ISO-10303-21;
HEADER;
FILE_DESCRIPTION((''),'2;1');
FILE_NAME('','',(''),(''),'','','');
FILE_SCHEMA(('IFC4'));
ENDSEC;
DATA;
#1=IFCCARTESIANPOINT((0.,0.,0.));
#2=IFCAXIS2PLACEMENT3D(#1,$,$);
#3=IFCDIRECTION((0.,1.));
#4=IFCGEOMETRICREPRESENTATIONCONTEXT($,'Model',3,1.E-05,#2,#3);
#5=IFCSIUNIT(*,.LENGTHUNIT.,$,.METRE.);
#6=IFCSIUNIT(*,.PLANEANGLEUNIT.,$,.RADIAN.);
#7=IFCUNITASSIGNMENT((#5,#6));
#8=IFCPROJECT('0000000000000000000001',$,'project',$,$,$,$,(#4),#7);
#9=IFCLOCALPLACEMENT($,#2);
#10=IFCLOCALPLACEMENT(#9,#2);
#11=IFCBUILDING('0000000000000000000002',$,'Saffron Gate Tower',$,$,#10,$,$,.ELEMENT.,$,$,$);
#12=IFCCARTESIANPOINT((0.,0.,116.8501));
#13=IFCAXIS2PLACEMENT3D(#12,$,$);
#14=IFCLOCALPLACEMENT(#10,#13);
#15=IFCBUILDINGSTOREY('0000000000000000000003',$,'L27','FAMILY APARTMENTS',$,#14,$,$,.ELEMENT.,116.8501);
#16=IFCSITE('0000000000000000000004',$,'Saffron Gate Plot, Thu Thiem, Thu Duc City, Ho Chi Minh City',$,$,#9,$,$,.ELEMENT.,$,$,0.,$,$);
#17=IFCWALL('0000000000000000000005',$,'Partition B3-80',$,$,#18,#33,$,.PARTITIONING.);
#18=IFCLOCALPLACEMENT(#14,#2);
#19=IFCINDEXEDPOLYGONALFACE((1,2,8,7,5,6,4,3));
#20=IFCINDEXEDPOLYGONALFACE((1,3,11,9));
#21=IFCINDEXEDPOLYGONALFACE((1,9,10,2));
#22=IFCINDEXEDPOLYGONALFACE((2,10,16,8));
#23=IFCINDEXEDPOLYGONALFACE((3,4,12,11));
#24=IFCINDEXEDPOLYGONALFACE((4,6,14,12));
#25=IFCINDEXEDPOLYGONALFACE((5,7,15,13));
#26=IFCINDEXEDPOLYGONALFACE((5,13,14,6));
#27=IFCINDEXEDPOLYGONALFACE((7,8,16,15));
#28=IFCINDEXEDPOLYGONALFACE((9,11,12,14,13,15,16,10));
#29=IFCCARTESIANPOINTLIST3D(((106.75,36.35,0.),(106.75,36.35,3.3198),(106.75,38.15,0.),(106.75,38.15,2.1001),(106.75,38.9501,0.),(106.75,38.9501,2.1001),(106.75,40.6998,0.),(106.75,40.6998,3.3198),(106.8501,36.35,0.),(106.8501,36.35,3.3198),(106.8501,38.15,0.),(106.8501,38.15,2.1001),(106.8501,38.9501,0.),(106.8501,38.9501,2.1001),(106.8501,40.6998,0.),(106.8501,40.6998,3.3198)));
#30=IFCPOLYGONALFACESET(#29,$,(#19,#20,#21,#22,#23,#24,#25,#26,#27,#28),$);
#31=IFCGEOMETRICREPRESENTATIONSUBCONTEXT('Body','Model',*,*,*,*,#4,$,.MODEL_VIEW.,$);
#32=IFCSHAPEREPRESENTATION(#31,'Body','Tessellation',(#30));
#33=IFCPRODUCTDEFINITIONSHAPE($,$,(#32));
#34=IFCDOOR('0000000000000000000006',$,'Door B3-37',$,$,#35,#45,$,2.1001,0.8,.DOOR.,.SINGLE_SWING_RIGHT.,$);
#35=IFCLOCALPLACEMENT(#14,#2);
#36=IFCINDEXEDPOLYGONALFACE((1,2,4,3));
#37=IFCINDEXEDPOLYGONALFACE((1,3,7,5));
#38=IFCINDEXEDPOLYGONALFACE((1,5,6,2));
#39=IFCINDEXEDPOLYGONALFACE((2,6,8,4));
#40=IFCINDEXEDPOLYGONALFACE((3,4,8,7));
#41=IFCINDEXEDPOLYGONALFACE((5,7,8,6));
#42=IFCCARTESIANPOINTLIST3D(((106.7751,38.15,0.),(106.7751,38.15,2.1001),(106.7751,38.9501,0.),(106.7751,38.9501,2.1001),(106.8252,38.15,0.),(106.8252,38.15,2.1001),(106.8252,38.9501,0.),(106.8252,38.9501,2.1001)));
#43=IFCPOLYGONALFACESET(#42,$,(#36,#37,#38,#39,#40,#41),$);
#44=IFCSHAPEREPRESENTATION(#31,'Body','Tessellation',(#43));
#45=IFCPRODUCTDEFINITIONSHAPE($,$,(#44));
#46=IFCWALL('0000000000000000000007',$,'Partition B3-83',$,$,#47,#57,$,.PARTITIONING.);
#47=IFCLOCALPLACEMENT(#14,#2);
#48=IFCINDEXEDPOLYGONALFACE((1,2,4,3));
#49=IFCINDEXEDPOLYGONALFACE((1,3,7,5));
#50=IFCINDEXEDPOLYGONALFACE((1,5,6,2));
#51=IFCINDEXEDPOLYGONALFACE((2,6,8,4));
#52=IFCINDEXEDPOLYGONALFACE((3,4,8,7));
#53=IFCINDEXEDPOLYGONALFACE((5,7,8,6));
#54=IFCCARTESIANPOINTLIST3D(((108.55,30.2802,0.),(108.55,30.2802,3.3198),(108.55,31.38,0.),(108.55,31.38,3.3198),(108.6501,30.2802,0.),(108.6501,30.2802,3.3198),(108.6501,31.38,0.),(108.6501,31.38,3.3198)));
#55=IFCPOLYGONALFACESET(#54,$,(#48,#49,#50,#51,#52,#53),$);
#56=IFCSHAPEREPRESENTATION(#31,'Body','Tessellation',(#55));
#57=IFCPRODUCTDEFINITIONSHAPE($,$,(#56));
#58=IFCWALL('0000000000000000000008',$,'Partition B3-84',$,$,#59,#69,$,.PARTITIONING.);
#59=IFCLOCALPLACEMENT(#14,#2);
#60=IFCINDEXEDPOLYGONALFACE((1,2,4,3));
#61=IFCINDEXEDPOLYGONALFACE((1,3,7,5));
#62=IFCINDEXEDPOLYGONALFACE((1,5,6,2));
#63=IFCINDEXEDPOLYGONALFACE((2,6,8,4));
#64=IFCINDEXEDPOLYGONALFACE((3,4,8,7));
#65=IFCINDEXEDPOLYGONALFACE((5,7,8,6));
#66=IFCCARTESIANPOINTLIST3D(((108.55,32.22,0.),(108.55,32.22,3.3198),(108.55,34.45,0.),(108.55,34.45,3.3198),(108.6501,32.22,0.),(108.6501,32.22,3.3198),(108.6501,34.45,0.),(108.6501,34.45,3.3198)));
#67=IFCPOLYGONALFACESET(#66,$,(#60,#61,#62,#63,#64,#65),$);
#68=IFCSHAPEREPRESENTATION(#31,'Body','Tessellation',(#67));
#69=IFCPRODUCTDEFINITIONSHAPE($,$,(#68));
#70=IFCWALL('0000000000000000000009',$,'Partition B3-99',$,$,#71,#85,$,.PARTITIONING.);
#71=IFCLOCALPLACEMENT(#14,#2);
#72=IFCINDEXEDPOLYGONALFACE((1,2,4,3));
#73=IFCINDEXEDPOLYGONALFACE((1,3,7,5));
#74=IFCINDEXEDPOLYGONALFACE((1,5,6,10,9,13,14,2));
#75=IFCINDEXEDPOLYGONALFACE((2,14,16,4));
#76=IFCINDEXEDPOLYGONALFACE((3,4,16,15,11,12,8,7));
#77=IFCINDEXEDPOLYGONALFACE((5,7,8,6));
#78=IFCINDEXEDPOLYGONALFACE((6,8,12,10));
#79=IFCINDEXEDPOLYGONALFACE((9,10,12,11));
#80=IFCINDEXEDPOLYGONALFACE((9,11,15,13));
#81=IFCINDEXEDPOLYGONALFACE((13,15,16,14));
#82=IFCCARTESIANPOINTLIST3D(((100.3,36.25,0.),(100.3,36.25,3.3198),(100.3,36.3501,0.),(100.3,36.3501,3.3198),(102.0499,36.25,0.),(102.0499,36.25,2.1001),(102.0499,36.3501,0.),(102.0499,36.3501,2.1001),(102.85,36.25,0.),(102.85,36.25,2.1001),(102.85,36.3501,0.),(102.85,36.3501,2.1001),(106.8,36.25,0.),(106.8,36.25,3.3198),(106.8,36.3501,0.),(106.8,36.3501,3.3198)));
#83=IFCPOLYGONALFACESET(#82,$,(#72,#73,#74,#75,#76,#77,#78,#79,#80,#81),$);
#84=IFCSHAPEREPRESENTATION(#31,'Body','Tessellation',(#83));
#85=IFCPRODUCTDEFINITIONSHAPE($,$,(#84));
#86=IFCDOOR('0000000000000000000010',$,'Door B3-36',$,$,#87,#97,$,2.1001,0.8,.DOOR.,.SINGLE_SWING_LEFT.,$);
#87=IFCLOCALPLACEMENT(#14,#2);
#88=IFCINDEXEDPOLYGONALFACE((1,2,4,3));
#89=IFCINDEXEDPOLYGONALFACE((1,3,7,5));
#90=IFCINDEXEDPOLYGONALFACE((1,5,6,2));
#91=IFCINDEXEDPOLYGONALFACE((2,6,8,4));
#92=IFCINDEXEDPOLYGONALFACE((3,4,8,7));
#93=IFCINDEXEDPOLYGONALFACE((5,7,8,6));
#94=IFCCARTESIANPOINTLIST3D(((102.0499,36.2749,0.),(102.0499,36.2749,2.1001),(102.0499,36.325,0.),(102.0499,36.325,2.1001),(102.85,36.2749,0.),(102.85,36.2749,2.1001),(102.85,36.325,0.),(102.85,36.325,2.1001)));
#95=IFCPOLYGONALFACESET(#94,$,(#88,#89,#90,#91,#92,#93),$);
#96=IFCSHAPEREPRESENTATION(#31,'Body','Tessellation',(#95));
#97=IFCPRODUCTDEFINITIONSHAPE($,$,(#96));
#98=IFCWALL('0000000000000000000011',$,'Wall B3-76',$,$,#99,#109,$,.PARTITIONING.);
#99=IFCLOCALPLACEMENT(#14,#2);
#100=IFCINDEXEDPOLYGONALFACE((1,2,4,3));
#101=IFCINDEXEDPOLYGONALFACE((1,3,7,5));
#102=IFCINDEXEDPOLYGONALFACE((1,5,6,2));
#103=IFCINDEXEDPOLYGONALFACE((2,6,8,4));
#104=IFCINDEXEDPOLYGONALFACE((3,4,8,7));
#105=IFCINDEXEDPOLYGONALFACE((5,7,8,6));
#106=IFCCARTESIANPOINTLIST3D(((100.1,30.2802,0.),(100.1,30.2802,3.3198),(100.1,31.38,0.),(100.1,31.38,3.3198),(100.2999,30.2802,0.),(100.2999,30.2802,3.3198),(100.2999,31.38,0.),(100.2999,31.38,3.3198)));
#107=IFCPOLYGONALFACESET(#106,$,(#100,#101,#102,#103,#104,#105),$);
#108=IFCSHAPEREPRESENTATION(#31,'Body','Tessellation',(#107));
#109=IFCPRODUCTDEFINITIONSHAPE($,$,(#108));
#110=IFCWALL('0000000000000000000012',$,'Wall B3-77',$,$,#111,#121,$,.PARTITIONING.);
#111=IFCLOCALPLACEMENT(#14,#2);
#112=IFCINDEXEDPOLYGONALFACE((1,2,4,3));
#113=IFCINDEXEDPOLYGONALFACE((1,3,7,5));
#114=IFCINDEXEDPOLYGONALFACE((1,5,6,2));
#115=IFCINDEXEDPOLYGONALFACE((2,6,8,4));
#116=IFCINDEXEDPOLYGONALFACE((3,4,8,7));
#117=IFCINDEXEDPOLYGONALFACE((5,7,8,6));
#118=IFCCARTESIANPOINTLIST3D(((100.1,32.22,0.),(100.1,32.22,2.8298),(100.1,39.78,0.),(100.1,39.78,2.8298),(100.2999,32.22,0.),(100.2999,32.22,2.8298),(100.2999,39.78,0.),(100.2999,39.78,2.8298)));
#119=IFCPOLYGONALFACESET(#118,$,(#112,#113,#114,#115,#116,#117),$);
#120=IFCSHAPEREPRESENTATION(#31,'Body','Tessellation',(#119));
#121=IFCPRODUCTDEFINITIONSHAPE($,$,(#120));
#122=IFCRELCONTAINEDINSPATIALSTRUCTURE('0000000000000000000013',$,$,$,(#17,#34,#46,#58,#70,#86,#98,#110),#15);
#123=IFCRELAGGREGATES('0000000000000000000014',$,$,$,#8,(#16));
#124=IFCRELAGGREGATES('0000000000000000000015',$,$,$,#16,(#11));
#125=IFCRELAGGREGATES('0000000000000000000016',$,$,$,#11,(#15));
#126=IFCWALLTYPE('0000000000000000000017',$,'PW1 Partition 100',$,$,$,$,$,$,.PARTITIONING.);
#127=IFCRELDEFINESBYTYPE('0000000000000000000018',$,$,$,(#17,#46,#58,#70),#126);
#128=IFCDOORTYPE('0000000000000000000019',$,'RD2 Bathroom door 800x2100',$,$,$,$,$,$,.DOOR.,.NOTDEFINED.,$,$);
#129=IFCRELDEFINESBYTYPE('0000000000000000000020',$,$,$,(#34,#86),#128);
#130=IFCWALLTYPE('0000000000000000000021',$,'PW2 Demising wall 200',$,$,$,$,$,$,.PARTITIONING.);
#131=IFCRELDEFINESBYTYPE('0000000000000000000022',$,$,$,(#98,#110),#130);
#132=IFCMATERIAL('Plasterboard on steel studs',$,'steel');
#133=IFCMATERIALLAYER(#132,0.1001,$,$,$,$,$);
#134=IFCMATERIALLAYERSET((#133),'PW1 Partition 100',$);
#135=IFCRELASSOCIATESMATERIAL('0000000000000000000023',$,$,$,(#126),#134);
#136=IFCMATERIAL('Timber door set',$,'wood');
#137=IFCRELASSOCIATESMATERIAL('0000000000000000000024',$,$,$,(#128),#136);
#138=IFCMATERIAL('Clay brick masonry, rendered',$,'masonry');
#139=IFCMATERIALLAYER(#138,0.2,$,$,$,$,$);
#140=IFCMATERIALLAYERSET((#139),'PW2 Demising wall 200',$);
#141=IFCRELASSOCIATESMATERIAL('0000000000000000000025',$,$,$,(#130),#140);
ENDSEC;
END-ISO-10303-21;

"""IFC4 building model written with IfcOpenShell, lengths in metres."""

from ifc_helpers import new_model, si_unit, direction, frame, frame_2d, origin, place, context, subcontext, project, spatial, rectangle, extrude, material, layer, layer_set, type_object, element, fill, save


model = new_model("IFC4")

# Units and contexts
model_context = context("Model", 3, precision=1e-05, world=origin(), true_north=direction((0.0, 1.0)))
body_context = subcontext(model_context, "Body", "Model", "MODEL_VIEW")
ifc_project = project(units=[si_unit("LENGTHUNIT", "METRE"), si_unit("PLANEANGLEUNIT", "RADIAN")], contexts=[model_context])

# Site, building, storey
site_placement = place(None, origin())
site = spatial("IfcSite", under=ifc_project, at=site_placement, Name="Saffron Gate Plot, Thu Thiem, Thu Duc City, Ho Chi Minh City", CompositionType="ELEMENT", RefElevation=0.0)
building_placement = place(site_placement, origin())
building = spatial("IfcBuilding", under=site, at=building_placement, Name="Saffron Gate Tower", CompositionType="ELEMENT")
storey_placement = place(building_placement, frame((0.0, 0.0, 116.8501)))
storey = spatial("IfcBuildingStorey", under=building, at=storey_placement, Name="L27", Description="FAMILY APARTMENTS", CompositionType="ELEMENT", Elevation=116.8501)

# Wall, opening, door
ifc_material_1 = material(Name="Plasterboard on steel studs", Category="steel")
ifc_layer_1 = layer(ifc_material_1, 0.1001)
ifc_layer_set_1 = layer_set([ifc_layer_1], Name="PW1 Partition 100")
wall_type_1 = type_object("IfcWallType", Name="PW1 Partition 100", PredefinedType="PARTITIONING", material=ifc_layer_set_1)
wall_1_placement = place(storey_placement, frame((106.8, 36.3501, 0.0), z_axis=(0.0, 0.0, 1.0), x_axis=(0.0, 1.0, 0.0)))
wall_1 = element("IfcWall", 1, at=wall_1_placement, inside=storey, type_object=wall_type_1, Name="Partition B3-80", PredefinedType="PARTITIONING", context=body_context, shape_type="SweptSolid", body=[
    extrude(rectangle(XDim=4.3499, YDim=0.1001, at=frame_2d((2.1748, 0.0))), origin(), (0.0, 0.0, 1.0), 3.3198),
])
opening_1_placement = place(wall_1_placement, frame((1.8, 0.0, 0.0)))
opening_1 = element("IfcOpeningElement", 2, at=opening_1_placement, cuts=wall_1, PredefinedType="OPENING", context=body_context, shape_type="SweptSolid", body=[
    extrude(rectangle(XDim=0.8, YDim=2.1001, at=frame_2d((0.3999, 1.05))), frame((0.0, 0.0601, 0.0), z_axis=(0.0, -1.0, 0.0), x_axis=(1.0, 0.0, 0.0)), (0.0, 0.0, 1.0), 0.1201),
])
ifc_material_2 = material(Name="Timber door set", Category="wood")
door_type = type_object("IfcDoorType", Name="RD2 Bathroom door 800x2100", OperationType="NOTDEFINED", PredefinedType="DOOR", material=ifc_material_2)
door_1_placement = place(opening_1_placement, origin())
door_1 = element("IfcDoor", 3, at=door_1_placement, inside=storey, type_object=door_type, Name="Door B3-37", OperationType="SINGLE_SWING_RIGHT", OverallHeight=2.1001, OverallWidth=0.8, PredefinedType="DOOR", context=body_context, shape_type="SweptSolid", body=[
    extrude(rectangle(XDim=0.8, YDim=2.1001, at=frame_2d((0.3999, 1.05))), frame((0.0, 0.0249, 0.0), z_axis=(0.0, -1.0, 0.0), x_axis=(1.0, 0.0, 0.0)), (0.0, 0.0, 1.0), 0.05),
])
fill(opening_1, door_1)

# Walls
wall_2_placement = place(storey_placement, frame((108.6001, 31.3799, 0.0), z_axis=(0.0, 0.0, 1.0), x_axis=(0.0, -1.0, 0.0)))
element("IfcWall", 4, at=wall_2_placement, inside=storey, type_object=wall_type_1, Name="Partition B3-83", PredefinedType="PARTITIONING", context=body_context, shape_type="SweptSolid", body=[
    extrude(rectangle(XDim=1.0999, YDim=0.1001, at=frame_2d((0.5498, 0.0))), origin(), (0.0, 0.0, 1.0), 3.3198),
])
wall_3_placement = place(storey_placement, frame((108.6001, 34.45, 0.0), z_axis=(0.0, 0.0, 1.0), x_axis=(0.0, -1.0, 0.0)))
element("IfcWall", 5, at=wall_3_placement, inside=storey, type_object=wall_type_1, Name="Partition B3-84", PredefinedType="PARTITIONING", context=body_context, shape_type="SweptSolid", body=[
    extrude(rectangle(XDim=2.23, YDim=0.1001, at=frame_2d((1.115, 0.0))), origin(), (0.0, 0.0, 1.0), 3.3198),
])

# Wall, opening, door
wall_4_placement = place(storey_placement, frame((100.3, 36.3, 0.0), z_axis=(0.0, 0.0, 1.0), x_axis=(1.0, 0.0, 0.0)))
wall_4 = element("IfcWall", 6, at=wall_4_placement, inside=storey, type_object=wall_type_1, Name="Partition B3-99", PredefinedType="PARTITIONING", context=body_context, shape_type="SweptSolid", body=[
    extrude(rectangle(XDim=6.5, YDim=0.1001, at=frame_2d((3.25, 0.0))), origin(), (0.0, 0.0, 1.0), 3.3198),
])
opening_2_placement = place(wall_4_placement, frame((1.75, 0.0, 0.0)))
opening_2 = element("IfcOpeningElement", 7, at=opening_2_placement, cuts=wall_4, PredefinedType="OPENING", context=body_context, shape_type="SweptSolid", body=[
    extrude(rectangle(XDim=0.8, YDim=2.1001, at=frame_2d((0.3999, 1.05))), frame((0.0, 0.0601, 0.0), z_axis=(0.0, -1.0, 0.0), x_axis=(1.0, 0.0, 0.0)), (0.0, 0.0, 1.0), 0.1201),
])
door_2_placement = place(opening_2_placement, origin())
door_2 = element("IfcDoor", 8, at=door_2_placement, inside=storey, type_object=door_type, Name="Door B3-36", OperationType="SINGLE_SWING_LEFT", OverallHeight=2.1001, OverallWidth=0.8, PredefinedType="DOOR", context=body_context, shape_type="SweptSolid", body=[
    extrude(rectangle(XDim=0.8, YDim=2.1001, at=frame_2d((0.3999, 1.05))), frame((0.0, 0.0249, 0.0), z_axis=(0.0, -1.0, 0.0), x_axis=(1.0, 0.0, 0.0)), (0.0, 0.0, 1.0), 0.05),
])
fill(opening_2, door_2)

# Walls
ifc_material_3 = material(Name="Clay brick masonry, rendered", Category="masonry")
ifc_layer_2 = layer(ifc_material_3, 0.2)
ifc_layer_set_2 = layer_set([ifc_layer_2], Name="PW2 Demising wall 200")
wall_type_2 = type_object("IfcWallType", Name="PW2 Demising wall 200", PredefinedType="PARTITIONING", material=ifc_layer_set_2)
wall_5_placement = place(storey_placement, frame((100.2, 31.3799, 0.0), z_axis=(0.0, 0.0, 1.0), x_axis=(0.0, -1.0, 0.0)))
element("IfcWall", 9, at=wall_5_placement, inside=storey, type_object=wall_type_2, Name="Wall B3-76", PredefinedType="PARTITIONING", context=body_context, shape_type="SweptSolid", body=[
    extrude(rectangle(XDim=1.0999, YDim=0.2, at=frame_2d((0.5498, 0.0))), origin(), (0.0, 0.0, 1.0), 3.3198),
])
wall_6_placement = place(storey_placement, frame((100.2, 39.78, 0.0), z_axis=(0.0, 0.0, 1.0), x_axis=(0.0, -1.0, 0.0)))
element("IfcWall", 10, at=wall_6_placement, inside=storey, type_object=wall_type_2, Name="Wall B3-77", PredefinedType="PARTITIONING", context=body_context, shape_type="SweptSolid", body=[
    extrude(rectangle(XDim=7.5601, YDim=0.2, at=frame_2d((3.78, 0.0))), origin(), (0.0, 0.0, 1.0), 2.8298),
])

save(model, "model.ifc")
